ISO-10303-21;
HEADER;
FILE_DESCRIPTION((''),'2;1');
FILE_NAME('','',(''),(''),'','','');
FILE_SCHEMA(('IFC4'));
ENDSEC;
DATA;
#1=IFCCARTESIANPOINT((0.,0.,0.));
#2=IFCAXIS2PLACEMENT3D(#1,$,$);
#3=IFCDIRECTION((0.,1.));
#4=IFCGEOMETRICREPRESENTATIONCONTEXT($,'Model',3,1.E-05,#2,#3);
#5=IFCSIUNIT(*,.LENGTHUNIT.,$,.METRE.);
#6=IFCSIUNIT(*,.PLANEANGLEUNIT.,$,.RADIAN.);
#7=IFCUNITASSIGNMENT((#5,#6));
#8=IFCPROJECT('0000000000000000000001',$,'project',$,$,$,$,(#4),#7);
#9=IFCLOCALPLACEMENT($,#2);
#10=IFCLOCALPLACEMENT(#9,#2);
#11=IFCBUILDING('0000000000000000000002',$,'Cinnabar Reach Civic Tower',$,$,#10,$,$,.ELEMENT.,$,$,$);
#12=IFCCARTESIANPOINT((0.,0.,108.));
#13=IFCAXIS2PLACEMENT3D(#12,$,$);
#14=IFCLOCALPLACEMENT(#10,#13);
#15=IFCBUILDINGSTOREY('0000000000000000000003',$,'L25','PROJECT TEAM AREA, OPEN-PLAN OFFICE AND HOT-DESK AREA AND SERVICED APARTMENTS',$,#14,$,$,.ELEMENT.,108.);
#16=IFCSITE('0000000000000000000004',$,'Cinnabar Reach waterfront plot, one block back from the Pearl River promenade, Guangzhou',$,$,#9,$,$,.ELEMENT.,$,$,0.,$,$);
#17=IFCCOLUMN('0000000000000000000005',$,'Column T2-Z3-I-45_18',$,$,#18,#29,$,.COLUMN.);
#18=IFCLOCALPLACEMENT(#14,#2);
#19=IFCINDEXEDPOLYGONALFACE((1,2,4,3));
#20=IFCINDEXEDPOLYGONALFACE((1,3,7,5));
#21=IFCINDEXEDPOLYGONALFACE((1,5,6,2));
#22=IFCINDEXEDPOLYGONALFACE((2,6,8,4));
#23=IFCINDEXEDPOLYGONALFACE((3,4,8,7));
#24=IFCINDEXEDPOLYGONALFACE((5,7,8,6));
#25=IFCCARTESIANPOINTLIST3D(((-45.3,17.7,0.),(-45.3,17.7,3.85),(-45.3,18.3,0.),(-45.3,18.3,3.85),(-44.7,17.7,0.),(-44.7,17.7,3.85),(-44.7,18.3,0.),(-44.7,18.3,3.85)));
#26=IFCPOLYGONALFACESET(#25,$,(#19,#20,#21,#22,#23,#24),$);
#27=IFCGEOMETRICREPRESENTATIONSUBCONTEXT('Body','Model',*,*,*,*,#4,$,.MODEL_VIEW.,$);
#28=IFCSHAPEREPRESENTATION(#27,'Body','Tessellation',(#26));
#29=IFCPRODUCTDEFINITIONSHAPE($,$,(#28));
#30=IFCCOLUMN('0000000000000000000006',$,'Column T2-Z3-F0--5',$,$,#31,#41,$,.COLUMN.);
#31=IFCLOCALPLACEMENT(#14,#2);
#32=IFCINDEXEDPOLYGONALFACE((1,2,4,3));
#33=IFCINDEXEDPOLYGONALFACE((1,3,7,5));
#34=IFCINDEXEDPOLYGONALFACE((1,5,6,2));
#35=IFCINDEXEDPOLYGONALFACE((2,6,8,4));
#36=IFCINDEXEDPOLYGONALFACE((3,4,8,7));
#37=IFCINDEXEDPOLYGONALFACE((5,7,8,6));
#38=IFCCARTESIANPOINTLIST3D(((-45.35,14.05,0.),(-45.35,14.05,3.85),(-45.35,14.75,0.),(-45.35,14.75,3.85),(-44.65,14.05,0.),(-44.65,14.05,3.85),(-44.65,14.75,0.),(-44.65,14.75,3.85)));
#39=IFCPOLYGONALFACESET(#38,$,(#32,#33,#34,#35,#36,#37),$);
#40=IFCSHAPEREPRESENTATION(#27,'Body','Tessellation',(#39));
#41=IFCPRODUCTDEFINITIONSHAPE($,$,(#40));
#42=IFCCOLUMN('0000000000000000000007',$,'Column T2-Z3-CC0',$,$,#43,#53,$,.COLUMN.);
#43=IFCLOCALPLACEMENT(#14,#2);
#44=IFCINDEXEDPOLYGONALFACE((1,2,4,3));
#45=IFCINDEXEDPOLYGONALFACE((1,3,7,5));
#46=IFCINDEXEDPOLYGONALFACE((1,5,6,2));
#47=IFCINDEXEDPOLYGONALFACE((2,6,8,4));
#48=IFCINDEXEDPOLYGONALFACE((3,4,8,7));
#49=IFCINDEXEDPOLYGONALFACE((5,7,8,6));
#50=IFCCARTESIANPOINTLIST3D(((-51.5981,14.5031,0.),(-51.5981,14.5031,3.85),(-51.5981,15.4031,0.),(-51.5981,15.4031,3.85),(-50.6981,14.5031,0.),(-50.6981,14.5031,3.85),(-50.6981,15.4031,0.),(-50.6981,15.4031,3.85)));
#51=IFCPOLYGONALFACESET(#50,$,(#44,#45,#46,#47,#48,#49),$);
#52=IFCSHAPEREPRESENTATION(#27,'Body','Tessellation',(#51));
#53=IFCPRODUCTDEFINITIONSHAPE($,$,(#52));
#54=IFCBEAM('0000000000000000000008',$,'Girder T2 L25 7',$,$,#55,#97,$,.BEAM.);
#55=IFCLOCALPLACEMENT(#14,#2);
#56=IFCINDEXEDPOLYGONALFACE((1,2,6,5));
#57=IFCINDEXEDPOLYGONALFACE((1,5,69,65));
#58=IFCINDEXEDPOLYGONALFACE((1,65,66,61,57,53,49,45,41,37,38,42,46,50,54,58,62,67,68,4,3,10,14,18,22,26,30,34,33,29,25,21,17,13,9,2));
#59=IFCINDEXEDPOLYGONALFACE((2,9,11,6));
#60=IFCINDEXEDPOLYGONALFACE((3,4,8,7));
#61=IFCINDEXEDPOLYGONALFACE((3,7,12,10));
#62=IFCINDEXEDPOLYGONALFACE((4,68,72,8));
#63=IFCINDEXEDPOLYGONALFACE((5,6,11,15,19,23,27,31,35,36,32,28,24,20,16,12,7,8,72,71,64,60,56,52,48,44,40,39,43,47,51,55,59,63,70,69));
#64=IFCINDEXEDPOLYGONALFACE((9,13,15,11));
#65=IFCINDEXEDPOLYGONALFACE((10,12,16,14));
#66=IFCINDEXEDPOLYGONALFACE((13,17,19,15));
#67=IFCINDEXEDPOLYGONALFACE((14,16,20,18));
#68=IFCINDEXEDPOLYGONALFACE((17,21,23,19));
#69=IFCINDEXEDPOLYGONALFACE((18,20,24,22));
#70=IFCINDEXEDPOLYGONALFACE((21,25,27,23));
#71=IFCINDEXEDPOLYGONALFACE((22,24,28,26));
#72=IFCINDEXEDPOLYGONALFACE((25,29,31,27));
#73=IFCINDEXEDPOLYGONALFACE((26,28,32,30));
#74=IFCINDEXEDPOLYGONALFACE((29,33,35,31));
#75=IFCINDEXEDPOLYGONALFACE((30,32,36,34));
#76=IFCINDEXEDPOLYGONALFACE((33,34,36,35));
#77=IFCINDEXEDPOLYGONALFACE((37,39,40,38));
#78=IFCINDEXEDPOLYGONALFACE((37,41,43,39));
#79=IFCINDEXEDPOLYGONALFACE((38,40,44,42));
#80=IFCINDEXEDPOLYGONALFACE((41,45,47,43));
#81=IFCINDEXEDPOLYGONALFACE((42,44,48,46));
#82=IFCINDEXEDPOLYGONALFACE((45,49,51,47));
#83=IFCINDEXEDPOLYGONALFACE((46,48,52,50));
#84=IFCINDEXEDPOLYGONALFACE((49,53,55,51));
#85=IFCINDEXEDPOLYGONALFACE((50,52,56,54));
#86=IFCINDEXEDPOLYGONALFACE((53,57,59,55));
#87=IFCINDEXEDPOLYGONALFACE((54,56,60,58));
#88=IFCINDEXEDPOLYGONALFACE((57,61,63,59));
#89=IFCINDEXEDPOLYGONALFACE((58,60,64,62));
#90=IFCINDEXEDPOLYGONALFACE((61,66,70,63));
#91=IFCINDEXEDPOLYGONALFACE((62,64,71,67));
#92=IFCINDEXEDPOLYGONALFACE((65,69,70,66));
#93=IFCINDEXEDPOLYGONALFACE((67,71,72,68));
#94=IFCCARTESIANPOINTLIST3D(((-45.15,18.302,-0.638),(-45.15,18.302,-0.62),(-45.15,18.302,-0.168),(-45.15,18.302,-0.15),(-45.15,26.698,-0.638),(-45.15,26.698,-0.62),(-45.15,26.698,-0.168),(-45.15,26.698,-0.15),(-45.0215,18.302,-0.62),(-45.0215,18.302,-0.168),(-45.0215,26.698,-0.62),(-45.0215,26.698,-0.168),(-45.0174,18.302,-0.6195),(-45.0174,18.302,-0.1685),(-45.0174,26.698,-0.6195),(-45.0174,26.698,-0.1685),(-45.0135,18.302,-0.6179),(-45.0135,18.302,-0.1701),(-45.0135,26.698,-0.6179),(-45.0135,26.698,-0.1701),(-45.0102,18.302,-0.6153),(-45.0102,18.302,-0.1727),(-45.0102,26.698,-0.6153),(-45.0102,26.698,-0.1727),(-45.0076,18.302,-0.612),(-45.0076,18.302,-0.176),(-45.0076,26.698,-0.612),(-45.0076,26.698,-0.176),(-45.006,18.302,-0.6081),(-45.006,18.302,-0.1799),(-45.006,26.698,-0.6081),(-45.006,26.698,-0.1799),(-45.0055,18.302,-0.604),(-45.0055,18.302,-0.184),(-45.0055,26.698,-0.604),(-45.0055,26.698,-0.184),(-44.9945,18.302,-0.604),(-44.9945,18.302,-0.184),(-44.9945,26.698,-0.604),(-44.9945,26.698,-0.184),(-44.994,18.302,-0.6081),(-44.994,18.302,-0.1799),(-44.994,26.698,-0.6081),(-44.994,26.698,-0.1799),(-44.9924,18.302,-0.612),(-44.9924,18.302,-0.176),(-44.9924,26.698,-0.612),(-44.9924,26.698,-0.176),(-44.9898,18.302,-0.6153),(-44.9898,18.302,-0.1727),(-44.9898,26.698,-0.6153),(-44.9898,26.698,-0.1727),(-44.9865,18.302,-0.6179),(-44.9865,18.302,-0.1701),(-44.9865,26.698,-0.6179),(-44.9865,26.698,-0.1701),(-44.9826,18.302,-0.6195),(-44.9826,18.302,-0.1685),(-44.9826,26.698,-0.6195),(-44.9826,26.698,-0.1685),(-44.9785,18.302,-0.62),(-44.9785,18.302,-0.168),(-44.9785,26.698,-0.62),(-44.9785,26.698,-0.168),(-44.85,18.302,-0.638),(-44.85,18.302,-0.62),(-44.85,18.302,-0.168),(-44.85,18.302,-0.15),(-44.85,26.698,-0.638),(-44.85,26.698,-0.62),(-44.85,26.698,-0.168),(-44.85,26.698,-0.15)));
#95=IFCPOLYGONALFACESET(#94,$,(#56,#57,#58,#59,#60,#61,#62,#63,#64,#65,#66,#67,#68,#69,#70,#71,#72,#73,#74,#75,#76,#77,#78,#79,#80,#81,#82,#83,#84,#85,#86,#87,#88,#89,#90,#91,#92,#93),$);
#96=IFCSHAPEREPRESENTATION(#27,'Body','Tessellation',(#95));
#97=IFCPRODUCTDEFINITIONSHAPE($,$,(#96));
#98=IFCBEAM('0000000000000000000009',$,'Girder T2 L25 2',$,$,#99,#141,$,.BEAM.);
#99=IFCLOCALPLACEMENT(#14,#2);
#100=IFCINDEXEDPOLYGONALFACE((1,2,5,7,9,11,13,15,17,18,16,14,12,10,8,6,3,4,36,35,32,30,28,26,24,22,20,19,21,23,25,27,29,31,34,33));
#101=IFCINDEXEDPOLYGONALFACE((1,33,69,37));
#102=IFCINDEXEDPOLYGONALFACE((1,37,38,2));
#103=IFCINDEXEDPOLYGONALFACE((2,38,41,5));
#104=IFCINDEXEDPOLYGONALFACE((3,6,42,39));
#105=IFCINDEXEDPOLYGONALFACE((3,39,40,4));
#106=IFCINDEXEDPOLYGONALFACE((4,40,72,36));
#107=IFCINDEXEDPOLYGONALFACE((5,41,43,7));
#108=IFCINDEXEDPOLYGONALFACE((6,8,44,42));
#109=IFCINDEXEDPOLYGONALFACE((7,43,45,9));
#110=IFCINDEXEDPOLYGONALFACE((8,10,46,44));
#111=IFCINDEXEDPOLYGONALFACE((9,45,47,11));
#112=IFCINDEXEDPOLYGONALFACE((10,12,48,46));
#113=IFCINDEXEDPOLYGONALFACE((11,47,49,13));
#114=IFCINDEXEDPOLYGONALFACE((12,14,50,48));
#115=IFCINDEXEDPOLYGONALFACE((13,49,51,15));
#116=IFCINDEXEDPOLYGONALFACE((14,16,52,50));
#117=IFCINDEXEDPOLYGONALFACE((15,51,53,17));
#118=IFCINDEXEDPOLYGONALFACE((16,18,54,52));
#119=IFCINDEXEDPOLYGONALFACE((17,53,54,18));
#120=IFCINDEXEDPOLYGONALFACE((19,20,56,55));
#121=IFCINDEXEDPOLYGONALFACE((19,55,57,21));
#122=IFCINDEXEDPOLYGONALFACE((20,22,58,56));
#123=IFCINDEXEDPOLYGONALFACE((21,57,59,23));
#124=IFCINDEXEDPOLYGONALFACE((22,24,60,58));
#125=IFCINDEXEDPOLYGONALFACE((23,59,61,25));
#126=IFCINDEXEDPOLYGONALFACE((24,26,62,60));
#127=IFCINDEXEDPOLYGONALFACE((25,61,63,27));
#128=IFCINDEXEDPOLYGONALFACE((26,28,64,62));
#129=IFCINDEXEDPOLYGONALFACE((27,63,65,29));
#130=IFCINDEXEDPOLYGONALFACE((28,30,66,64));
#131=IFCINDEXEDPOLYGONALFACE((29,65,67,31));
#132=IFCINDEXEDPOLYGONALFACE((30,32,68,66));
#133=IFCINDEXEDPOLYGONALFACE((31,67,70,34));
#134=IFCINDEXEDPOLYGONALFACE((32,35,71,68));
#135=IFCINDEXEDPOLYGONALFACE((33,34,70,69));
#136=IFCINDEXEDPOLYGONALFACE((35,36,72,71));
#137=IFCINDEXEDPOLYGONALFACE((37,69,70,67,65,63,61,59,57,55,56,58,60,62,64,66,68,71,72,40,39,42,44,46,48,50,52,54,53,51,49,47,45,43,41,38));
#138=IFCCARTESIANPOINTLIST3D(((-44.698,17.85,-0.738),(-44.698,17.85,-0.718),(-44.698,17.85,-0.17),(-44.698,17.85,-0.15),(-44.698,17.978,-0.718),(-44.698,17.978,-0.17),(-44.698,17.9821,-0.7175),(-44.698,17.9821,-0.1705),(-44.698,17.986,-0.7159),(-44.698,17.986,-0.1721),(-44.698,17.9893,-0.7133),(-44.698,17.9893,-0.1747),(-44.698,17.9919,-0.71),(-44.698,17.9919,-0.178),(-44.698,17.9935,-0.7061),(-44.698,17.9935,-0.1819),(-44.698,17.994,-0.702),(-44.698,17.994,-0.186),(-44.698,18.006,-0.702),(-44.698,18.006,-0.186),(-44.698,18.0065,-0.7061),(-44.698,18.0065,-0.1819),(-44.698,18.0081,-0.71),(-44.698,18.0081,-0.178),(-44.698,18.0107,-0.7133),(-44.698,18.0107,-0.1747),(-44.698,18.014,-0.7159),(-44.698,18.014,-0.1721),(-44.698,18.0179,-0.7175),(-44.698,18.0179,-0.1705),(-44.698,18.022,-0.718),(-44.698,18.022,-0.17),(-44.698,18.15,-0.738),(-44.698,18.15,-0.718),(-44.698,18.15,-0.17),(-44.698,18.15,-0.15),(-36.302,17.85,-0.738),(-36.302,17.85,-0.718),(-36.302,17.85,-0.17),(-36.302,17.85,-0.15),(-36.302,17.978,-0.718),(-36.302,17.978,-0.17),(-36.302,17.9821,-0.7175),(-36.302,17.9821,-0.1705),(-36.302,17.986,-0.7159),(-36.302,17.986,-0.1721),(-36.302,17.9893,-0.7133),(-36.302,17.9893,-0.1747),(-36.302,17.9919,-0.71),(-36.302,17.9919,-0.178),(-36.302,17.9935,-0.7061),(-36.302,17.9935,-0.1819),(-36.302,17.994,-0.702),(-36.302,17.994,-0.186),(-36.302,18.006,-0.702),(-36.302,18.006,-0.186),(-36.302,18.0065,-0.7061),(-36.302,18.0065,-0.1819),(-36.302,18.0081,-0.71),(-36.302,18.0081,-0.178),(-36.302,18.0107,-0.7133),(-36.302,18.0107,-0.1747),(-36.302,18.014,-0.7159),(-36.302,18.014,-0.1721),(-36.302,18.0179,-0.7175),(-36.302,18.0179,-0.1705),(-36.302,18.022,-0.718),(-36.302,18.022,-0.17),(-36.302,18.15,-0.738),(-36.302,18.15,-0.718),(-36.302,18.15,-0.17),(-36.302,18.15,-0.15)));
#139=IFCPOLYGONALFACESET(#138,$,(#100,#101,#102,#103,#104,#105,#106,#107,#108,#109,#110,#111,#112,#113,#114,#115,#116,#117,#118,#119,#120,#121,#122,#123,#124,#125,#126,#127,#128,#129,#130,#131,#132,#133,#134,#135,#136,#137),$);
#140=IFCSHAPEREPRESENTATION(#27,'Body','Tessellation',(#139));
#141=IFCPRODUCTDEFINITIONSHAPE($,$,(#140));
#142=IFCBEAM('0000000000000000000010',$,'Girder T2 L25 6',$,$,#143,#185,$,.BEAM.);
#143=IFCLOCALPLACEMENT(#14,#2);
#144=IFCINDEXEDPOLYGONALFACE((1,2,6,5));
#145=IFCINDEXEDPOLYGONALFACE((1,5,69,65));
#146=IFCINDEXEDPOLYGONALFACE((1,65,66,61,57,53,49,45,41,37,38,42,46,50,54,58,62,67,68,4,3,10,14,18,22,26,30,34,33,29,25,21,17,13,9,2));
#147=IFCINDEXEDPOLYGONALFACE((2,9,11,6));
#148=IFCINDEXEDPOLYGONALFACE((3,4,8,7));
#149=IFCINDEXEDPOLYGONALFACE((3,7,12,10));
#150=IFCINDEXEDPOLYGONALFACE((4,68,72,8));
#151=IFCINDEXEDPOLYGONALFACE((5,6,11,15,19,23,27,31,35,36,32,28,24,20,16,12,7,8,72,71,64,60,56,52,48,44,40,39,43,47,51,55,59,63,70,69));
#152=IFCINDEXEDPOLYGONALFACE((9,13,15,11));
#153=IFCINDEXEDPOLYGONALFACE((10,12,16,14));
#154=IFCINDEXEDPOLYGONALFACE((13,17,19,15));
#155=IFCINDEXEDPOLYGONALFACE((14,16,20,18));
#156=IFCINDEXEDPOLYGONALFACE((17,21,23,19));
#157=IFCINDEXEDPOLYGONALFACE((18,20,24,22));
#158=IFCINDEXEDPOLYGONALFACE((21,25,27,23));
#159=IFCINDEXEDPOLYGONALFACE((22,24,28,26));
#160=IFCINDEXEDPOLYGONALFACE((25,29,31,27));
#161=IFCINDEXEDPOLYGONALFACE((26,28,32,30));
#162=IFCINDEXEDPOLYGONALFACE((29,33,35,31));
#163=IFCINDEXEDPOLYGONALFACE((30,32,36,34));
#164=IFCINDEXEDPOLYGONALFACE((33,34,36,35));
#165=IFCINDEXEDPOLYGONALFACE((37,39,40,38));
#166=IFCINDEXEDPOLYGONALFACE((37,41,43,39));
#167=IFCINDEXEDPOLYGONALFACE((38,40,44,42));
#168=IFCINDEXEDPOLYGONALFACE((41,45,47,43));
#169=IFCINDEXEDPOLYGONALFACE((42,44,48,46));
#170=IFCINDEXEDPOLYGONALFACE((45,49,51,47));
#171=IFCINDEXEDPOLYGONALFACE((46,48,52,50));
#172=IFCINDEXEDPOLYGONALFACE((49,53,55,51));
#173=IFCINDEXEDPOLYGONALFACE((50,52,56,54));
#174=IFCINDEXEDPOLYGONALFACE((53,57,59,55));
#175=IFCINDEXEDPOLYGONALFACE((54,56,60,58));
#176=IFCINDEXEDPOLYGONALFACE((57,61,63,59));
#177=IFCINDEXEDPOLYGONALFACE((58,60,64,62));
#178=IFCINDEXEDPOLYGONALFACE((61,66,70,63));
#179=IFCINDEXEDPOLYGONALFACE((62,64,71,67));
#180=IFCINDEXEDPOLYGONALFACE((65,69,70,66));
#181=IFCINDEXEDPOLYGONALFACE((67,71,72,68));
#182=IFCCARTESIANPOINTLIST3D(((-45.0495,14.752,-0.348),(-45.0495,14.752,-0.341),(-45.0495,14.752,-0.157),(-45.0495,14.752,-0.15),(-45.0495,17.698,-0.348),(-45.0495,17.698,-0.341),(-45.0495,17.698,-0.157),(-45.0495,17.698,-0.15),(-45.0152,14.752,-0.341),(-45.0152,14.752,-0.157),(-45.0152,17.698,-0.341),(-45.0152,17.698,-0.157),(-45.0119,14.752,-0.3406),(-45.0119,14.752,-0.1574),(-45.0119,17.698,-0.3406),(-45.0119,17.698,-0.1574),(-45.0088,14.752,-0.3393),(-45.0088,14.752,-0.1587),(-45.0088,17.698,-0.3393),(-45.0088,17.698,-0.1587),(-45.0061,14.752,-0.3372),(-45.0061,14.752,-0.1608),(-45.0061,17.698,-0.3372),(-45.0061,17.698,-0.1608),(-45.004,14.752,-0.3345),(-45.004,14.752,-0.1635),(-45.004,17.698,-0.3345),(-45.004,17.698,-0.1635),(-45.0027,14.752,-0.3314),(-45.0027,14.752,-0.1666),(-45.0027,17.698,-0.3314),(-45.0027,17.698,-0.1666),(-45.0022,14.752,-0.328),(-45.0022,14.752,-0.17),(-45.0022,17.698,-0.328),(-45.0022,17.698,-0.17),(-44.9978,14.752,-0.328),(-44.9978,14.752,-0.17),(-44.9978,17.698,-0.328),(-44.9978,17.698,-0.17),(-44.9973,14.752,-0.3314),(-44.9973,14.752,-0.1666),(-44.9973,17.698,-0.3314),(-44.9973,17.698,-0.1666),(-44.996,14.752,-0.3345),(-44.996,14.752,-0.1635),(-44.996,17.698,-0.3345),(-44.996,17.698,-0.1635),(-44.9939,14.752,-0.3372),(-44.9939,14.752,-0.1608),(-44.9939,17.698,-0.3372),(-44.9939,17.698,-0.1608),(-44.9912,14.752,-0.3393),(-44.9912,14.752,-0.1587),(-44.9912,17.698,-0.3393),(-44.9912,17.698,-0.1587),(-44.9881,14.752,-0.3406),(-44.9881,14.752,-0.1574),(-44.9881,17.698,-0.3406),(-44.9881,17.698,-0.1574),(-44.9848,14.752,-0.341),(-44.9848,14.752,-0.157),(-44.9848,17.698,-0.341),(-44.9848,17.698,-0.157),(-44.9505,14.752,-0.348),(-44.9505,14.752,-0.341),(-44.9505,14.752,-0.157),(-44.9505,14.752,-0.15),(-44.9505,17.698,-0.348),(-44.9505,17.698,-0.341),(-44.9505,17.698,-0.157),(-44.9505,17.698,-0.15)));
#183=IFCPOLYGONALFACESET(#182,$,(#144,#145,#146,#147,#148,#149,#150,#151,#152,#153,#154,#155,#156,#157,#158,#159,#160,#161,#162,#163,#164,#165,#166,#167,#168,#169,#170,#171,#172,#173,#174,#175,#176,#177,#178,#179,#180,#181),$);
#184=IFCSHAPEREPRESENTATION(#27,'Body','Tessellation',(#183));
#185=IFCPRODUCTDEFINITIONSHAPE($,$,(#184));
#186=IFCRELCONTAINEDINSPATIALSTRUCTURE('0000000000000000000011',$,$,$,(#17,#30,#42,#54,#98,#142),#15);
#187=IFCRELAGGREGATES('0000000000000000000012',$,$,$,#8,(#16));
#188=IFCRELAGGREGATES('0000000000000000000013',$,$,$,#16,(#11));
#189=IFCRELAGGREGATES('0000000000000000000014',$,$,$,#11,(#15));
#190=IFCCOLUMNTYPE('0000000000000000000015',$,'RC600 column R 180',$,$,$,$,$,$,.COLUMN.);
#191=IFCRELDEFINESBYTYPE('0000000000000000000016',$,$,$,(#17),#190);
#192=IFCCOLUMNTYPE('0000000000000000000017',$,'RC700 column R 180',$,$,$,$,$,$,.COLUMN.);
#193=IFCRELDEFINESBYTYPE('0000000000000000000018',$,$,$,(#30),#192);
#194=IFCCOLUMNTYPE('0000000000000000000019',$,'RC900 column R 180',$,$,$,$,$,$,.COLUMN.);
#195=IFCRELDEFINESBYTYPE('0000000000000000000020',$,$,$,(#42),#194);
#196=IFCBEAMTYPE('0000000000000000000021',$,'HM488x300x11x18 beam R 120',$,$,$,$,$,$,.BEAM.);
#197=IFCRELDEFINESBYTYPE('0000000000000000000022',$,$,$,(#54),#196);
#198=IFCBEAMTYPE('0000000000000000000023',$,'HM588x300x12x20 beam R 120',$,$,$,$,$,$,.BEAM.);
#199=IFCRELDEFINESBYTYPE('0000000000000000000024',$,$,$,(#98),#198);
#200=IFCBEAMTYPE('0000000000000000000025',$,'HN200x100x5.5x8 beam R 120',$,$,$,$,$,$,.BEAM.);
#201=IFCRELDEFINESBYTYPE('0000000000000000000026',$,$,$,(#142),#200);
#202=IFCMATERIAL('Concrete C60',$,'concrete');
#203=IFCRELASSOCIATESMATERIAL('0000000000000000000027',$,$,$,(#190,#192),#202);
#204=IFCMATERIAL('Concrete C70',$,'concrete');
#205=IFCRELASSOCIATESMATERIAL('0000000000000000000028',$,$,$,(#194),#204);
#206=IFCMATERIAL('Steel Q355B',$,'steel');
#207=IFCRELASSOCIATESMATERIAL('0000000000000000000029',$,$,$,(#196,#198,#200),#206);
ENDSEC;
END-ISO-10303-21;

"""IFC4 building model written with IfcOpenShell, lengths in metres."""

from ifc_helpers import new_model, si_unit, direction, frame, origin, origin_2d, place, context, subcontext, project, spatial, rectangle, i_section, extrude, material, material_profile, profile_set, type_object, element, save


model = new_model("IFC4")

# Units and contexts
model_context = context("Model", 3, precision=1e-05, world=origin(), true_north=direction((0.0, 1.0)))
body_context = subcontext(model_context, "Body", "Model", "MODEL_VIEW")
ifc_project = project(units=[si_unit("LENGTHUNIT", "METRE"), si_unit("PLANEANGLEUNIT", "RADIAN")], contexts=[model_context])

# Site, building, storey
site_placement = place(None, origin())
site = spatial("IfcSite", under=ifc_project, at=site_placement, Name="Cinnabar Reach waterfront plot, one block back from the Pearl River promenade, Guangzhou", CompositionType="ELEMENT", RefElevation=0.0)
building_placement = place(site_placement, origin())
building = spatial("IfcBuilding", under=site, at=building_placement, Name="Cinnabar Reach Civic Tower", CompositionType="ELEMENT")
storey_placement = place(building_placement, frame((0.0, 0.0, 108.0)))
storey = spatial("IfcBuildingStorey", under=building, at=storey_placement, Name="L25", Description="PROJECT TEAM AREA, OPEN-PLAN OFFICE AND HOT-DESK AREA AND SERVICED APARTMENTS", CompositionType="ELEMENT", Elevation=108.0)

# Columns
ifc_material_1 = material(Name="Concrete C60", Category="concrete")
ifc_material_profile_1 = material_profile(ifc_material_1, rectangle(XDim=0.6, YDim=0.6, at=origin_2d()), Name="RC600")
ifc_profile_set_1 = profile_set([ifc_material_profile_1], Name="Concrete C60")
column_type_1 = type_object("IfcColumnType", Name="RC600 column R 180", PredefinedType="COLUMN", material=ifc_profile_set_1)
column_1_placement = place(storey_placement, frame((-45.0, 18.0, 0.0), z_axis=(0.0, 0.0, 1.0), x_axis=(1.0, 0.0, 0.0)))
element("IfcColumn", 1, at=column_1_placement, inside=storey, type_object=column_type_1, Name="Column T2-Z3-I-45_18", PredefinedType="COLUMN", context=body_context, shape_type="SweptSolid", body=[
    extrude(rectangle(XDim=0.6, YDim=0.6, at=origin_2d()), origin(), (0.0, 0.0, 1.0), 3.85),
])
ifc_material_profile_2 = material_profile(ifc_material_1, rectangle(XDim=0.7, YDim=0.7, at=origin_2d()), Name="RC700")
ifc_profile_set_2 = profile_set([ifc_material_profile_2], Name="Concrete C60")
column_type_2 = type_object("IfcColumnType", Name="RC700 column R 180", PredefinedType="COLUMN", material=ifc_profile_set_2)
column_2_placement = place(storey_placement, frame((-45.0, 14.4, 0.0), z_axis=(0.0, 0.0, 1.0), x_axis=(1.0, 0.0, 0.0)))
element("IfcColumn", 2, at=column_2_placement, inside=storey, type_object=column_type_2, Name="Column T2-Z3-F0--5", PredefinedType="COLUMN", context=body_context, shape_type="SweptSolid", body=[
    extrude(rectangle(XDim=0.7, YDim=0.7, at=origin_2d()), origin(), (0.0, 0.0, 1.0), 3.85),
])
ifc_material_2 = material(Name="Concrete C70", Category="concrete")
ifc_material_profile_3 = material_profile(ifc_material_2, rectangle(XDim=0.9, YDim=0.9, at=origin_2d()), Name="RC900")
ifc_profile_set_3 = profile_set([ifc_material_profile_3], Name="Concrete C70")
column_type_3 = type_object("IfcColumnType", Name="RC900 column R 180", PredefinedType="COLUMN", material=ifc_profile_set_3)
column_3_placement = place(storey_placement, frame((-51.1481, 14.9531, 0.0), z_axis=(0.0, 0.0, 1.0), x_axis=(1.0, 0.0, 0.0)))
element("IfcColumn", 3, at=column_3_placement, inside=storey, type_object=column_type_3, Name="Column T2-Z3-CC0", PredefinedType="COLUMN", context=body_context, shape_type="SweptSolid", body=[
    extrude(rectangle(XDim=0.9, YDim=0.9, at=origin_2d()), origin(), (0.0, 0.0, 1.0), 3.85),
])

# Beams
ifc_material_3 = material(Name="Steel Q355B", Category="steel")
ifc_material_profile_4 = material_profile(ifc_material_3, i_section(OverallWidth=0.3, OverallDepth=0.488, WebThickness=0.011, FlangeThickness=0.018, FilletRadius=0.016, at=origin_2d()), Name="HM488x300x11x18")
ifc_profile_set_4 = profile_set([ifc_material_profile_4], Name="Steel Q355B")
beam_type_1 = type_object("IfcBeamType", Name="HM488x300x11x18 beam R 120", PredefinedType="BEAM", material=ifc_profile_set_4)
beam_1_placement = place(storey_placement, frame((-45.0, 18.302, -0.394), z_axis=(0.0, 1.0, 0.0), x_axis=(-1.0, 0.0, 0.0)))
element("IfcBeam", 4, at=beam_1_placement, inside=storey, type_object=beam_type_1, Name="Girder T2 L25 7", PredefinedType="BEAM", context=body_context, shape_type="SweptSolid", body=[
    extrude(i_section(OverallWidth=0.3, OverallDepth=0.488, WebThickness=0.011, FlangeThickness=0.018, FilletRadius=0.016, at=origin_2d()), origin(), (0.0, 0.0, 1.0), 8.396),
])
ifc_material_profile_5 = material_profile(ifc_material_3, i_section(OverallWidth=0.3, OverallDepth=0.588, WebThickness=0.012, FlangeThickness=0.02, FilletRadius=0.016, at=origin_2d()), Name="HM588x300x12x20")
ifc_profile_set_5 = profile_set([ifc_material_profile_5], Name="Steel Q355B")
beam_type_2 = type_object("IfcBeamType", Name="HM588x300x12x20 beam R 120", PredefinedType="BEAM", material=ifc_profile_set_5)
beam_2_placement = place(storey_placement, frame((-44.698, 18.0, -0.444), z_axis=(1.0, 0.0, 0.0), x_axis=(0.0, 1.0, 0.0)))
element("IfcBeam", 5, at=beam_2_placement, inside=storey, type_object=beam_type_2, Name="Girder T2 L25 2", PredefinedType="BEAM", context=body_context, shape_type="SweptSolid", body=[
    extrude(i_section(OverallWidth=0.3, OverallDepth=0.588, WebThickness=0.012, FlangeThickness=0.02, FilletRadius=0.016, at=origin_2d()), origin(), (0.0, 0.0, 1.0), 8.396),
])
ifc_material_profile_6 = material_profile(ifc_material_3, i_section(OverallWidth=0.099, OverallDepth=0.198, WebThickness=0.0045, FlangeThickness=0.007, FilletRadius=0.013, at=origin_2d()), Name="HN200x100x5.5x8")
ifc_profile_set_6 = profile_set([ifc_material_profile_6], Name="Steel Q355B")
beam_type_3 = type_object("IfcBeamType", Name="HN200x100x5.5x8 beam R 120", PredefinedType="BEAM", material=ifc_profile_set_6)
beam_3_placement = place(storey_placement, frame((-45.0, 14.752, -0.249), z_axis=(0.0, 1.0, 0.0), x_axis=(-1.0, 0.0, 0.0)))
element("IfcBeam", 6, at=beam_3_placement, inside=storey, type_object=beam_type_3, Name="Girder T2 L25 6", PredefinedType="BEAM", context=body_context, shape_type="SweptSolid", body=[
    extrude(i_section(OverallWidth=0.099, OverallDepth=0.198, WebThickness=0.0045, FlangeThickness=0.007, FilletRadius=0.013, at=origin_2d()), origin(), (0.0, 0.0, 1.0), 2.946),
])

save(model, "model.ifc")
